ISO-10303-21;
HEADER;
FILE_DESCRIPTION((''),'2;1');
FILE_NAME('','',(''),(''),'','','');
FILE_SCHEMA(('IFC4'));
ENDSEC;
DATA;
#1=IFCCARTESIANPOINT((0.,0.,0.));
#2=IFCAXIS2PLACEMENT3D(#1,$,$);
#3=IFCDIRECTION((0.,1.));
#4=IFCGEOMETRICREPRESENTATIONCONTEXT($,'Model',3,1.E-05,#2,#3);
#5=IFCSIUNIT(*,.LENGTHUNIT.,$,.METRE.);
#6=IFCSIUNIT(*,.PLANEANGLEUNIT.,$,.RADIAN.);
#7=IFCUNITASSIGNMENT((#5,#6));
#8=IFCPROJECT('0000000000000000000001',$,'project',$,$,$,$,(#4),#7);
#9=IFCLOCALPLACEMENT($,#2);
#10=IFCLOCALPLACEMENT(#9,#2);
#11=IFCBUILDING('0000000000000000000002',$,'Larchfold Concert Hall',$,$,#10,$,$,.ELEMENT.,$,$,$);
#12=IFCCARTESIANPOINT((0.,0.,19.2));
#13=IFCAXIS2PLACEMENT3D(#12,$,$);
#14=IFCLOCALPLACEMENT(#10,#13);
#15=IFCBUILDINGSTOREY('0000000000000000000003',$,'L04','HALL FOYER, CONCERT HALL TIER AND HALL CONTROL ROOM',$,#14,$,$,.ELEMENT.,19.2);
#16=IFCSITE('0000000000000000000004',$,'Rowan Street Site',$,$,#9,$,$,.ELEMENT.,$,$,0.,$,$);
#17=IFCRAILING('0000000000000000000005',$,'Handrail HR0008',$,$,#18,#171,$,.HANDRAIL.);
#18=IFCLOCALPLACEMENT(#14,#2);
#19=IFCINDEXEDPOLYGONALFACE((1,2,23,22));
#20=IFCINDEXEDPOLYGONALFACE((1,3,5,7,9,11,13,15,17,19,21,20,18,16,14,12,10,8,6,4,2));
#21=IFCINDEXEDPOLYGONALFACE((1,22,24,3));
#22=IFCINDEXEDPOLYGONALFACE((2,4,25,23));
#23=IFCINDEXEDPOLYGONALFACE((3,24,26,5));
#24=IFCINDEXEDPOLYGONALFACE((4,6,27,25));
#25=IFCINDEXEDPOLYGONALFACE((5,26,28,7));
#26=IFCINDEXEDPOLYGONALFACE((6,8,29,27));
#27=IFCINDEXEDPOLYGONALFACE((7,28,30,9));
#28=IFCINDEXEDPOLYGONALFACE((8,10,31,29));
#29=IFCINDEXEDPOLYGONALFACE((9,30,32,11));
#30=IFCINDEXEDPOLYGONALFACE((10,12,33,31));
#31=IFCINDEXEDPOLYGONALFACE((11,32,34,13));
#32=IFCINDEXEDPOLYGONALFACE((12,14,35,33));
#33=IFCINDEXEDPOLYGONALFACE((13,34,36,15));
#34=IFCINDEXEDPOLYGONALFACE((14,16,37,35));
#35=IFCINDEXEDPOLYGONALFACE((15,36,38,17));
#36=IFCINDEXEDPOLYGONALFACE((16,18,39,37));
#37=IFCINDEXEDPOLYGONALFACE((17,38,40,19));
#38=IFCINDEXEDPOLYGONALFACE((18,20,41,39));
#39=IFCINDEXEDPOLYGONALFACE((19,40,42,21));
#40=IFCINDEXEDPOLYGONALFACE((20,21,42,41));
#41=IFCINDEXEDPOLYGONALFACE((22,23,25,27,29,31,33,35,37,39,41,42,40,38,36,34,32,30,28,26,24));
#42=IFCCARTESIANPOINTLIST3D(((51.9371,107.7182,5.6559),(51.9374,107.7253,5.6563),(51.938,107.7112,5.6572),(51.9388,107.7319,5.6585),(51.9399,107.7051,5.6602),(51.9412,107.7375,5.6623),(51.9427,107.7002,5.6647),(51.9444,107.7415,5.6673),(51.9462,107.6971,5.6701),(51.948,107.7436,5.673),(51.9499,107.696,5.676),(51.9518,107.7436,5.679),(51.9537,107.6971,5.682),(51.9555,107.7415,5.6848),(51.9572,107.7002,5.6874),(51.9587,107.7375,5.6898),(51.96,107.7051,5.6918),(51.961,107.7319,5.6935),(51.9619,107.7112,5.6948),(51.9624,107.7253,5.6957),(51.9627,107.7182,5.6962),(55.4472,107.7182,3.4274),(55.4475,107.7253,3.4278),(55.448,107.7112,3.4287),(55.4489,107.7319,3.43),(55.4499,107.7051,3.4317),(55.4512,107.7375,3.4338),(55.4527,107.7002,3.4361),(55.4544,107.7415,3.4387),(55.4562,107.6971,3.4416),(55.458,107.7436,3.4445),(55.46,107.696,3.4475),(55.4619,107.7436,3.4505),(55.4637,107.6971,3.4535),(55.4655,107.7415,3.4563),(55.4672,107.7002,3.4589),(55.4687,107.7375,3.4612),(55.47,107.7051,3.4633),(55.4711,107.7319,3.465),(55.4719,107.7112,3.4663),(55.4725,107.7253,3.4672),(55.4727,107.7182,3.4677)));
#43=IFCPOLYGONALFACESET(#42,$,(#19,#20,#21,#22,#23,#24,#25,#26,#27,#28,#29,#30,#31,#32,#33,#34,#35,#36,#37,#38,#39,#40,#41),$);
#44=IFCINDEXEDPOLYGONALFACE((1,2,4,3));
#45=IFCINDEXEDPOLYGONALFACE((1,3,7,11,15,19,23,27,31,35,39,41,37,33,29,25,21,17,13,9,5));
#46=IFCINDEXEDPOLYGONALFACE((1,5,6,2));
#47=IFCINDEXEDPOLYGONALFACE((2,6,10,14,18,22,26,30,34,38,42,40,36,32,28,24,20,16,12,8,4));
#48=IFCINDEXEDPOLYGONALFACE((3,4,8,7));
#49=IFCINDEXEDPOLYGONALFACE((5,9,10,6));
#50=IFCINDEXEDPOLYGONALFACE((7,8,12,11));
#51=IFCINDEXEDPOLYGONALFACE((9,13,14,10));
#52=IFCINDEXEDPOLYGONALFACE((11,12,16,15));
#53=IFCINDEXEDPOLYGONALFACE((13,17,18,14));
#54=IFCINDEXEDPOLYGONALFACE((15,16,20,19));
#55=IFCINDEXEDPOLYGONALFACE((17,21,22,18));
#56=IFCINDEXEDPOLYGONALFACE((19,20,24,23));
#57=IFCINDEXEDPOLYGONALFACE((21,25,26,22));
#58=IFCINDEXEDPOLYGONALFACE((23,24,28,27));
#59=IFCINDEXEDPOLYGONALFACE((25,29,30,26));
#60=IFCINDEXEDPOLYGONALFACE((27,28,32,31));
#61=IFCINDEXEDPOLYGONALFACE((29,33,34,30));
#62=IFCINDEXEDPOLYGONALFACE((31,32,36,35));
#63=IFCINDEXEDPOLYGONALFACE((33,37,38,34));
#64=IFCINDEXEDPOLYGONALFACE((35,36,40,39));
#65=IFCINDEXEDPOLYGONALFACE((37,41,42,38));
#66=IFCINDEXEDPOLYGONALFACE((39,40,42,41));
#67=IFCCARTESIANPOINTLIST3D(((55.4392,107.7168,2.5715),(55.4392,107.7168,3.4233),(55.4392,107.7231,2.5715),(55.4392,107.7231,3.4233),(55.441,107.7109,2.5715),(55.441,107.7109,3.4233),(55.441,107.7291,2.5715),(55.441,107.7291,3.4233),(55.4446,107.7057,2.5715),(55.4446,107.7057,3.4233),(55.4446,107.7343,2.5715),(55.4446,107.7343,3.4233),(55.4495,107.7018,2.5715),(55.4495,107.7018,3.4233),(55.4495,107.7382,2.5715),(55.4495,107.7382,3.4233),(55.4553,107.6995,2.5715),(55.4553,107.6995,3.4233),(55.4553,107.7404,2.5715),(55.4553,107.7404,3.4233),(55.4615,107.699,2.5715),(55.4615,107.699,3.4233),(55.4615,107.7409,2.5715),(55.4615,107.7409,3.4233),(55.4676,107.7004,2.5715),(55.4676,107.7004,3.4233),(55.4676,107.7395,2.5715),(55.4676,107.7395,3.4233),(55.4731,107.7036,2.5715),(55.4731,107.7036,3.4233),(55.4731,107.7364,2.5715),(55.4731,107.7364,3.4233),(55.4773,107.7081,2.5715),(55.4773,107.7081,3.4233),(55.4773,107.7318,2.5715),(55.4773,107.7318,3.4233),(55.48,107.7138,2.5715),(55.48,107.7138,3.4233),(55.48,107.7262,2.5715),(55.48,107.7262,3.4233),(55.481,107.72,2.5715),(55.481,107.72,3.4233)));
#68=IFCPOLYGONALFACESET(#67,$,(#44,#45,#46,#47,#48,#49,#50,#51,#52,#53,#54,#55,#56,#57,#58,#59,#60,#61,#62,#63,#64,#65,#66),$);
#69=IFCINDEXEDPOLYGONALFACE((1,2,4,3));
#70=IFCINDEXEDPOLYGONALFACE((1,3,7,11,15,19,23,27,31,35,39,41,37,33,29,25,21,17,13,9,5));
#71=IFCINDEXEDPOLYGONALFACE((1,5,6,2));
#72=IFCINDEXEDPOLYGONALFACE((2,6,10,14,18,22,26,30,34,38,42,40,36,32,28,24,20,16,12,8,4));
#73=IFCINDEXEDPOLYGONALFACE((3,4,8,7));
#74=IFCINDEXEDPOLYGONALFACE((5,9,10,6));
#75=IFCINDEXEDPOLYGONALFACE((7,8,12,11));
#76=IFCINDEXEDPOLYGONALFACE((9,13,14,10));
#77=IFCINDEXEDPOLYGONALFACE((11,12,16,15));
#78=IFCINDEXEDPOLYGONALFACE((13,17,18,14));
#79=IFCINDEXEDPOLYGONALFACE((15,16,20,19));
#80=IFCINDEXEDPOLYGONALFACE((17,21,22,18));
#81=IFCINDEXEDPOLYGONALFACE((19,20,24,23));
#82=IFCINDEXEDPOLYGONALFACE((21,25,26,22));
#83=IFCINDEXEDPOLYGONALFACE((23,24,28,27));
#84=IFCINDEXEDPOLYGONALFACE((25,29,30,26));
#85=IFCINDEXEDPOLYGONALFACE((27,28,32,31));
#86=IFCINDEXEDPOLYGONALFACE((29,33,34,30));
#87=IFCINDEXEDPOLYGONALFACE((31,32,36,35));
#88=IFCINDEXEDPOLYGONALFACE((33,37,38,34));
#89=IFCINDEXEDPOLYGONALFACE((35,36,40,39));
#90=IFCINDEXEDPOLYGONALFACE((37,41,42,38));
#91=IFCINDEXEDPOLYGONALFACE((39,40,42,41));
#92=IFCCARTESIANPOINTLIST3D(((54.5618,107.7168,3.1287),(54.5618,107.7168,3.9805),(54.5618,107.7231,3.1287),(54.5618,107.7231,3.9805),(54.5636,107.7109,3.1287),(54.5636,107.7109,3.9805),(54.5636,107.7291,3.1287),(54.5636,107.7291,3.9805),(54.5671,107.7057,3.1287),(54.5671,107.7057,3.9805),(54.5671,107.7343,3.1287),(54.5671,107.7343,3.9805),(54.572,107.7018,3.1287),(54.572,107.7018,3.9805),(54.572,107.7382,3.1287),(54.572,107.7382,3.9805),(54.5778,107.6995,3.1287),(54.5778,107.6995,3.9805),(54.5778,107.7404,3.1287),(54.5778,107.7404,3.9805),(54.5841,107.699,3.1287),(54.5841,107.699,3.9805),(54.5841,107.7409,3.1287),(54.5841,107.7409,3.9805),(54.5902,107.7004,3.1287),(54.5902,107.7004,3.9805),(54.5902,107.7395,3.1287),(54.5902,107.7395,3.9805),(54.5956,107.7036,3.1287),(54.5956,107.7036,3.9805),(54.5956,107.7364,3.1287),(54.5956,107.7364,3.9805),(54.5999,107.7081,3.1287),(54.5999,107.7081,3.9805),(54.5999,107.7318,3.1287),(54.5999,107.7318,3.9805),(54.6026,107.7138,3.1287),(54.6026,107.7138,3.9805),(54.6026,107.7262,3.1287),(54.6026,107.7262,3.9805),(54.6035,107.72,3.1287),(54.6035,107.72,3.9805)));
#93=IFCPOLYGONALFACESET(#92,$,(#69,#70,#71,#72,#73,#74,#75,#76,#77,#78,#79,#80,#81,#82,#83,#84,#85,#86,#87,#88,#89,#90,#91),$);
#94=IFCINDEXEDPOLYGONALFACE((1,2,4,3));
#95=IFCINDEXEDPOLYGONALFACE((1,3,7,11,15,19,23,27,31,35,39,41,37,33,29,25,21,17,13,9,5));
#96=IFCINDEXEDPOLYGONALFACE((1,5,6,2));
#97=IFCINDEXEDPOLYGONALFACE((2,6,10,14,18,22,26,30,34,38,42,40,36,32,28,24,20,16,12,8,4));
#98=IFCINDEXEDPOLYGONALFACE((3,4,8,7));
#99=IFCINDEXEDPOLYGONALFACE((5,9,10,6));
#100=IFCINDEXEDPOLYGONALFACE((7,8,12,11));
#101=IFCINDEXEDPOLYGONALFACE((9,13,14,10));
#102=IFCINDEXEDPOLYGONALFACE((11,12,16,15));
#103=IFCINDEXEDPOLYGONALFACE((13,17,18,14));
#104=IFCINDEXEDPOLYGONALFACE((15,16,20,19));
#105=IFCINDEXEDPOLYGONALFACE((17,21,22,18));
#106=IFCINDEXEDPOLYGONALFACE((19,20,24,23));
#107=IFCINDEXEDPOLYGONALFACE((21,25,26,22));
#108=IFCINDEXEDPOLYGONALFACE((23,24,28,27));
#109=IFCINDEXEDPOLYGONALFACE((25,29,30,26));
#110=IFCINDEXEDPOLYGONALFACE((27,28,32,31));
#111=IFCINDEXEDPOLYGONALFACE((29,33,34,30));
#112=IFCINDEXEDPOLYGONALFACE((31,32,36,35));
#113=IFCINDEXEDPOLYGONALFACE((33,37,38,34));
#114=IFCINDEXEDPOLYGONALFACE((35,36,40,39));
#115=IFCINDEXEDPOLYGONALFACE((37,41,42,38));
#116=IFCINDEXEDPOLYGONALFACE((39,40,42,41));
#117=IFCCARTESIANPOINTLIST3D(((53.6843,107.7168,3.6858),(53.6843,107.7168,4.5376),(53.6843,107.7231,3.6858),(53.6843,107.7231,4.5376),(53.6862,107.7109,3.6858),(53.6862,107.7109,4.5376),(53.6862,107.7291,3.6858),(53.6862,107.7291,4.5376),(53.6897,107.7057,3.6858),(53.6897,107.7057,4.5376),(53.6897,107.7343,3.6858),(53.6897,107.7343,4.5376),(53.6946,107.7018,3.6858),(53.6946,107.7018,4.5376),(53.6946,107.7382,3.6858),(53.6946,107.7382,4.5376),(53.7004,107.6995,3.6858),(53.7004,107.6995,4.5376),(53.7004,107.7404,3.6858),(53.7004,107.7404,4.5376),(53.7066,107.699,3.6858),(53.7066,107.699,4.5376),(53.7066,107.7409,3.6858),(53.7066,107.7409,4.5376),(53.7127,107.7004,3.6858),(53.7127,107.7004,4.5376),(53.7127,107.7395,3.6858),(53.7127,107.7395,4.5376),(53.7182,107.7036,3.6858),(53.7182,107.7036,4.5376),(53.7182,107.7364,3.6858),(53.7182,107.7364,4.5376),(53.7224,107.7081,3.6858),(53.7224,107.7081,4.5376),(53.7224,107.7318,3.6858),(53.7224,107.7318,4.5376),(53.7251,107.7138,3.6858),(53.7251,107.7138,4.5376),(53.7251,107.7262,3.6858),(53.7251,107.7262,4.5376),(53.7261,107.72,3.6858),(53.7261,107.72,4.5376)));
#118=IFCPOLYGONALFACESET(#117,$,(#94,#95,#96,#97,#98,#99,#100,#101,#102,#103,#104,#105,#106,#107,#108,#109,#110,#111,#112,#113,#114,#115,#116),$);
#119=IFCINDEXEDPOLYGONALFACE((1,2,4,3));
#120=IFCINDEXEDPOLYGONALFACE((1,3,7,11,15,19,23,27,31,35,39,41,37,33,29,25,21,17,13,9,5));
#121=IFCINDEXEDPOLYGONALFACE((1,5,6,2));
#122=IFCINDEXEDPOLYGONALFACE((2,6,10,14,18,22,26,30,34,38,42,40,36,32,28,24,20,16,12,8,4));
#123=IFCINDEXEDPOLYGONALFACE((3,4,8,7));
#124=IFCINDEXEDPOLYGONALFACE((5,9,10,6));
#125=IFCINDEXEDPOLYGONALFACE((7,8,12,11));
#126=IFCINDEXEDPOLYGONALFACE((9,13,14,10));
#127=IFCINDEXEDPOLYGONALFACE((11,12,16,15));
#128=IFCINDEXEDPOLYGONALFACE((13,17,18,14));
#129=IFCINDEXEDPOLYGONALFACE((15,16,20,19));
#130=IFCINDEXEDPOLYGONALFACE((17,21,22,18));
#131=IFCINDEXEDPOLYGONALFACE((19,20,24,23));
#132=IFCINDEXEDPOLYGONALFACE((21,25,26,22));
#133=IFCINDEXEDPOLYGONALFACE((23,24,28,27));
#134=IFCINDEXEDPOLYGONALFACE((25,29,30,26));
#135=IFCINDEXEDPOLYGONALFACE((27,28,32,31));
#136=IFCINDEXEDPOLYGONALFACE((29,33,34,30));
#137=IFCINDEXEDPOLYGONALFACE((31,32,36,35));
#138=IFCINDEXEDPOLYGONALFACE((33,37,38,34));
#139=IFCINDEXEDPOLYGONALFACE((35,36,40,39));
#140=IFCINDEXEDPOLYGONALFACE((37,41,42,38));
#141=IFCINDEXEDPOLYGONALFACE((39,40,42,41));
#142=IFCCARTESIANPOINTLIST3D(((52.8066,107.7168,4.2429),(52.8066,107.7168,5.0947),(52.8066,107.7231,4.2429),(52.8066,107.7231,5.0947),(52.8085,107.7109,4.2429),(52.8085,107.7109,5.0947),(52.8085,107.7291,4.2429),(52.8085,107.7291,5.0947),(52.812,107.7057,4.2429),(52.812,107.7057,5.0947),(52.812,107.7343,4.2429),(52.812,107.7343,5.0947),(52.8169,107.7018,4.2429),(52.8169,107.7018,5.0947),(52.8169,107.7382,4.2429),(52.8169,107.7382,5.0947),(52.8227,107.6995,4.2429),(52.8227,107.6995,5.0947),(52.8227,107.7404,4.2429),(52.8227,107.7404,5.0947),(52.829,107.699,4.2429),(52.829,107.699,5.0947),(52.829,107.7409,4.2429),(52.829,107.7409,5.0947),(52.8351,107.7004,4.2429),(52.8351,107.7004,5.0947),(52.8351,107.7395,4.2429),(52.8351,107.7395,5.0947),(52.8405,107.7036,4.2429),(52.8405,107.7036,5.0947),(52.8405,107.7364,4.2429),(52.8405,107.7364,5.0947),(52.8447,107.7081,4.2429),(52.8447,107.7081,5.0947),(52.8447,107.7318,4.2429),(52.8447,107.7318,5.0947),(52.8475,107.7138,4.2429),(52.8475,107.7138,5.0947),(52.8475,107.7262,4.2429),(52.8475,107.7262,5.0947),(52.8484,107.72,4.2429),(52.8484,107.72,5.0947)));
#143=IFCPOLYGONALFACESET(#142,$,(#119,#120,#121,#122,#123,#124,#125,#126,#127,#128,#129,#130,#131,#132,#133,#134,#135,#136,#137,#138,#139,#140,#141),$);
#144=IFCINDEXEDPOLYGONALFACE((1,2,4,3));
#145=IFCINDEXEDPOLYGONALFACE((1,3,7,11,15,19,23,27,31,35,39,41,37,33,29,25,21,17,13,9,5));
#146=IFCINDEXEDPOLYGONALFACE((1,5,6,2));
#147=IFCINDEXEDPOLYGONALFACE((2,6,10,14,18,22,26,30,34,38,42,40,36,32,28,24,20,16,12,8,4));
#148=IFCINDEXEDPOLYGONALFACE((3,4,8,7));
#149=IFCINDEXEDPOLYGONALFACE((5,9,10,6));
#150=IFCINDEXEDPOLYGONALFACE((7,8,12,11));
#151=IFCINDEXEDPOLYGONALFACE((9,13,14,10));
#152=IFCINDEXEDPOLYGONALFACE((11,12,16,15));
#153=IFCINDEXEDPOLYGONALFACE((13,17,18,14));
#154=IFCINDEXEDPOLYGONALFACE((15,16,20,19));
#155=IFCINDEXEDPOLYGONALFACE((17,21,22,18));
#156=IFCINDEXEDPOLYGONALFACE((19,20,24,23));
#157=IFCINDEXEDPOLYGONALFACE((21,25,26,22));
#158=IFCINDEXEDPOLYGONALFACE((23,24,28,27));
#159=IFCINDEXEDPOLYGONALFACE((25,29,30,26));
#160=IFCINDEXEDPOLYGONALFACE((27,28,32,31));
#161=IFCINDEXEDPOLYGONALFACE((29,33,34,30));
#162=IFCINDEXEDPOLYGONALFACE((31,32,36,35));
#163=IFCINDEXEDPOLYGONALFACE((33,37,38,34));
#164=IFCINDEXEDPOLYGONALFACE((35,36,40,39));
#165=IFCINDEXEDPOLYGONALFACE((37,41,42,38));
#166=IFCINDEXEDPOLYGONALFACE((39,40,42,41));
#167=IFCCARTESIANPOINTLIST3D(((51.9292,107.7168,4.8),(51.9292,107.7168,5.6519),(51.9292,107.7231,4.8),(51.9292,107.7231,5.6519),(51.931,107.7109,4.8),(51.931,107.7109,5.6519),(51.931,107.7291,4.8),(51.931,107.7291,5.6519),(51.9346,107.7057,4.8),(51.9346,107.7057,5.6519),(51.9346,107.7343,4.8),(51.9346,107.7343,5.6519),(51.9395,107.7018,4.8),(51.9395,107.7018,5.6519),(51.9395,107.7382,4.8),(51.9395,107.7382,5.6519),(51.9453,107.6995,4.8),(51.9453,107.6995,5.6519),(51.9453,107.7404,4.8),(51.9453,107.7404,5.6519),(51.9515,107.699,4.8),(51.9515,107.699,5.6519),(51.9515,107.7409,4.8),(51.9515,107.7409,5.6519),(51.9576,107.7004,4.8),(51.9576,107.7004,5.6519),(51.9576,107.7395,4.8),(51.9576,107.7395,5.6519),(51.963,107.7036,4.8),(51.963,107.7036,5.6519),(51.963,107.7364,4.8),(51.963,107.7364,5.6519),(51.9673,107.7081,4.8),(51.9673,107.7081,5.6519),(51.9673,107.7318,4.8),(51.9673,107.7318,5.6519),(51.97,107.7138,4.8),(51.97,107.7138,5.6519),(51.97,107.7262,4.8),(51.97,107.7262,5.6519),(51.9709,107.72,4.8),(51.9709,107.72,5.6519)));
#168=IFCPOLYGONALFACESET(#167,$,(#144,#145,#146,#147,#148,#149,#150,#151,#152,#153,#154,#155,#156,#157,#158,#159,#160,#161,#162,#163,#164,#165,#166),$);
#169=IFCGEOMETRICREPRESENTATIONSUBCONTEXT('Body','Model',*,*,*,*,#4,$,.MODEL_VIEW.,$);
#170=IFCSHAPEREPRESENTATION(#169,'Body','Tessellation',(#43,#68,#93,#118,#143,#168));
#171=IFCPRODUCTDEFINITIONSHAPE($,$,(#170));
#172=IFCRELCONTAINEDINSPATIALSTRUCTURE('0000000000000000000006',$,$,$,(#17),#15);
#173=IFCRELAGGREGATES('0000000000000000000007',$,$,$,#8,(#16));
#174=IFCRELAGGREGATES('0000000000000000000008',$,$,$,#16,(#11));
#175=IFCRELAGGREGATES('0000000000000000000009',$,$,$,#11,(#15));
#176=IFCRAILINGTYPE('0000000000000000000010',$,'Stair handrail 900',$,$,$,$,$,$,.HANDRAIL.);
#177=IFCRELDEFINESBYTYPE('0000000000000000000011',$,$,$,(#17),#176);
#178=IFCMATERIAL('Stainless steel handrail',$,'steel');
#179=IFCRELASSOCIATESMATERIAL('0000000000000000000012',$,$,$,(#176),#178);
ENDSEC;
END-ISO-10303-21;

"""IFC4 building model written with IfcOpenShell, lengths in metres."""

from ifc_helpers import new_model, si_unit, direction, frame, origin, origin_2d, place, context, subcontext, project, spatial, circle, extrude, material, type_object, element, save


model = new_model("IFC4")

# Units and contexts
model_context = context("Model", 3, precision=1e-05, world=origin(), true_north=direction((0.0, 1.0)))
body_context = subcontext(model_context, "Body", "Model", "MODEL_VIEW")
ifc_project = project(units=[si_unit("LENGTHUNIT", "METRE"), si_unit("PLANEANGLEUNIT", "RADIAN")], contexts=[model_context])

# Site, building, storey
site_placement = place(None, origin())
site = spatial("IfcSite", under=ifc_project, at=site_placement, Name="Rowan Street Site", CompositionType="ELEMENT", RefElevation=0.0)
building_placement = place(site_placement, origin())
building = spatial("IfcBuilding", under=site, at=building_placement, Name="Larchfold Concert Hall", CompositionType="ELEMENT")
storey_placement = place(building_placement, frame((0.0, 0.0, 19.2)))
storey = spatial("IfcBuildingStorey", under=building, at=storey_placement, Name="L04", Description="HALL FOYER, CONCERT HALL TIER AND HALL CONTROL ROOM", CompositionType="ELEMENT", Elevation=19.2)

# Railing
ifc_material_1 = material(Name="Stainless steel handrail", Category="steel")
railing_type_1 = type_object("IfcRailingType", Name="Stair handrail 900", PredefinedType="HANDRAIL", material=ifc_material_1)
railing_1_placement = place(storey_placement, frame((55.46, 107.72, 2.5715)))
element("IfcRailing", 1, at=railing_1_placement, inside=storey, type_object=railing_type_1, Name="Handrail HR0008", PredefinedType="HANDRAIL", context=body_context, shape_type="SweptSolid", body=[
    extrude(circle(Radius=0.0239, at=origin_2d()), frame((0.0, 0.0, 0.876), z_axis=(-0.84422, 0.0, 0.535998), x_axis=(0.0, -1.0, 0.0)), (0.0, 0.0, 1.0), 4.1577),
    extrude(circle(Radius=0.021, at=origin_2d()), origin(), (0.0, 0.0, 1.0), 0.8518),
    extrude(circle(Radius=0.021, at=origin_2d()), frame((-0.8774, 0.0, 0.5571)), (0.0, 0.0, 1.0), 0.8518),
    extrude(circle(Radius=0.021, at=origin_2d()), frame((-1.7549, 0.0, 1.1143)), (0.0, 0.0, 1.0), 0.8518),
    extrude(circle(Radius=0.021, at=origin_2d()), frame((-2.6326, 0.0, 1.6714)), (0.0, 0.0, 1.0), 0.8518),
    extrude(circle(Radius=0.021, at=origin_2d()), frame((-3.51, 0.0, 2.2285)), (0.0, 0.0, 1.0), 0.8518),
])

save(model, "model.ifc")
